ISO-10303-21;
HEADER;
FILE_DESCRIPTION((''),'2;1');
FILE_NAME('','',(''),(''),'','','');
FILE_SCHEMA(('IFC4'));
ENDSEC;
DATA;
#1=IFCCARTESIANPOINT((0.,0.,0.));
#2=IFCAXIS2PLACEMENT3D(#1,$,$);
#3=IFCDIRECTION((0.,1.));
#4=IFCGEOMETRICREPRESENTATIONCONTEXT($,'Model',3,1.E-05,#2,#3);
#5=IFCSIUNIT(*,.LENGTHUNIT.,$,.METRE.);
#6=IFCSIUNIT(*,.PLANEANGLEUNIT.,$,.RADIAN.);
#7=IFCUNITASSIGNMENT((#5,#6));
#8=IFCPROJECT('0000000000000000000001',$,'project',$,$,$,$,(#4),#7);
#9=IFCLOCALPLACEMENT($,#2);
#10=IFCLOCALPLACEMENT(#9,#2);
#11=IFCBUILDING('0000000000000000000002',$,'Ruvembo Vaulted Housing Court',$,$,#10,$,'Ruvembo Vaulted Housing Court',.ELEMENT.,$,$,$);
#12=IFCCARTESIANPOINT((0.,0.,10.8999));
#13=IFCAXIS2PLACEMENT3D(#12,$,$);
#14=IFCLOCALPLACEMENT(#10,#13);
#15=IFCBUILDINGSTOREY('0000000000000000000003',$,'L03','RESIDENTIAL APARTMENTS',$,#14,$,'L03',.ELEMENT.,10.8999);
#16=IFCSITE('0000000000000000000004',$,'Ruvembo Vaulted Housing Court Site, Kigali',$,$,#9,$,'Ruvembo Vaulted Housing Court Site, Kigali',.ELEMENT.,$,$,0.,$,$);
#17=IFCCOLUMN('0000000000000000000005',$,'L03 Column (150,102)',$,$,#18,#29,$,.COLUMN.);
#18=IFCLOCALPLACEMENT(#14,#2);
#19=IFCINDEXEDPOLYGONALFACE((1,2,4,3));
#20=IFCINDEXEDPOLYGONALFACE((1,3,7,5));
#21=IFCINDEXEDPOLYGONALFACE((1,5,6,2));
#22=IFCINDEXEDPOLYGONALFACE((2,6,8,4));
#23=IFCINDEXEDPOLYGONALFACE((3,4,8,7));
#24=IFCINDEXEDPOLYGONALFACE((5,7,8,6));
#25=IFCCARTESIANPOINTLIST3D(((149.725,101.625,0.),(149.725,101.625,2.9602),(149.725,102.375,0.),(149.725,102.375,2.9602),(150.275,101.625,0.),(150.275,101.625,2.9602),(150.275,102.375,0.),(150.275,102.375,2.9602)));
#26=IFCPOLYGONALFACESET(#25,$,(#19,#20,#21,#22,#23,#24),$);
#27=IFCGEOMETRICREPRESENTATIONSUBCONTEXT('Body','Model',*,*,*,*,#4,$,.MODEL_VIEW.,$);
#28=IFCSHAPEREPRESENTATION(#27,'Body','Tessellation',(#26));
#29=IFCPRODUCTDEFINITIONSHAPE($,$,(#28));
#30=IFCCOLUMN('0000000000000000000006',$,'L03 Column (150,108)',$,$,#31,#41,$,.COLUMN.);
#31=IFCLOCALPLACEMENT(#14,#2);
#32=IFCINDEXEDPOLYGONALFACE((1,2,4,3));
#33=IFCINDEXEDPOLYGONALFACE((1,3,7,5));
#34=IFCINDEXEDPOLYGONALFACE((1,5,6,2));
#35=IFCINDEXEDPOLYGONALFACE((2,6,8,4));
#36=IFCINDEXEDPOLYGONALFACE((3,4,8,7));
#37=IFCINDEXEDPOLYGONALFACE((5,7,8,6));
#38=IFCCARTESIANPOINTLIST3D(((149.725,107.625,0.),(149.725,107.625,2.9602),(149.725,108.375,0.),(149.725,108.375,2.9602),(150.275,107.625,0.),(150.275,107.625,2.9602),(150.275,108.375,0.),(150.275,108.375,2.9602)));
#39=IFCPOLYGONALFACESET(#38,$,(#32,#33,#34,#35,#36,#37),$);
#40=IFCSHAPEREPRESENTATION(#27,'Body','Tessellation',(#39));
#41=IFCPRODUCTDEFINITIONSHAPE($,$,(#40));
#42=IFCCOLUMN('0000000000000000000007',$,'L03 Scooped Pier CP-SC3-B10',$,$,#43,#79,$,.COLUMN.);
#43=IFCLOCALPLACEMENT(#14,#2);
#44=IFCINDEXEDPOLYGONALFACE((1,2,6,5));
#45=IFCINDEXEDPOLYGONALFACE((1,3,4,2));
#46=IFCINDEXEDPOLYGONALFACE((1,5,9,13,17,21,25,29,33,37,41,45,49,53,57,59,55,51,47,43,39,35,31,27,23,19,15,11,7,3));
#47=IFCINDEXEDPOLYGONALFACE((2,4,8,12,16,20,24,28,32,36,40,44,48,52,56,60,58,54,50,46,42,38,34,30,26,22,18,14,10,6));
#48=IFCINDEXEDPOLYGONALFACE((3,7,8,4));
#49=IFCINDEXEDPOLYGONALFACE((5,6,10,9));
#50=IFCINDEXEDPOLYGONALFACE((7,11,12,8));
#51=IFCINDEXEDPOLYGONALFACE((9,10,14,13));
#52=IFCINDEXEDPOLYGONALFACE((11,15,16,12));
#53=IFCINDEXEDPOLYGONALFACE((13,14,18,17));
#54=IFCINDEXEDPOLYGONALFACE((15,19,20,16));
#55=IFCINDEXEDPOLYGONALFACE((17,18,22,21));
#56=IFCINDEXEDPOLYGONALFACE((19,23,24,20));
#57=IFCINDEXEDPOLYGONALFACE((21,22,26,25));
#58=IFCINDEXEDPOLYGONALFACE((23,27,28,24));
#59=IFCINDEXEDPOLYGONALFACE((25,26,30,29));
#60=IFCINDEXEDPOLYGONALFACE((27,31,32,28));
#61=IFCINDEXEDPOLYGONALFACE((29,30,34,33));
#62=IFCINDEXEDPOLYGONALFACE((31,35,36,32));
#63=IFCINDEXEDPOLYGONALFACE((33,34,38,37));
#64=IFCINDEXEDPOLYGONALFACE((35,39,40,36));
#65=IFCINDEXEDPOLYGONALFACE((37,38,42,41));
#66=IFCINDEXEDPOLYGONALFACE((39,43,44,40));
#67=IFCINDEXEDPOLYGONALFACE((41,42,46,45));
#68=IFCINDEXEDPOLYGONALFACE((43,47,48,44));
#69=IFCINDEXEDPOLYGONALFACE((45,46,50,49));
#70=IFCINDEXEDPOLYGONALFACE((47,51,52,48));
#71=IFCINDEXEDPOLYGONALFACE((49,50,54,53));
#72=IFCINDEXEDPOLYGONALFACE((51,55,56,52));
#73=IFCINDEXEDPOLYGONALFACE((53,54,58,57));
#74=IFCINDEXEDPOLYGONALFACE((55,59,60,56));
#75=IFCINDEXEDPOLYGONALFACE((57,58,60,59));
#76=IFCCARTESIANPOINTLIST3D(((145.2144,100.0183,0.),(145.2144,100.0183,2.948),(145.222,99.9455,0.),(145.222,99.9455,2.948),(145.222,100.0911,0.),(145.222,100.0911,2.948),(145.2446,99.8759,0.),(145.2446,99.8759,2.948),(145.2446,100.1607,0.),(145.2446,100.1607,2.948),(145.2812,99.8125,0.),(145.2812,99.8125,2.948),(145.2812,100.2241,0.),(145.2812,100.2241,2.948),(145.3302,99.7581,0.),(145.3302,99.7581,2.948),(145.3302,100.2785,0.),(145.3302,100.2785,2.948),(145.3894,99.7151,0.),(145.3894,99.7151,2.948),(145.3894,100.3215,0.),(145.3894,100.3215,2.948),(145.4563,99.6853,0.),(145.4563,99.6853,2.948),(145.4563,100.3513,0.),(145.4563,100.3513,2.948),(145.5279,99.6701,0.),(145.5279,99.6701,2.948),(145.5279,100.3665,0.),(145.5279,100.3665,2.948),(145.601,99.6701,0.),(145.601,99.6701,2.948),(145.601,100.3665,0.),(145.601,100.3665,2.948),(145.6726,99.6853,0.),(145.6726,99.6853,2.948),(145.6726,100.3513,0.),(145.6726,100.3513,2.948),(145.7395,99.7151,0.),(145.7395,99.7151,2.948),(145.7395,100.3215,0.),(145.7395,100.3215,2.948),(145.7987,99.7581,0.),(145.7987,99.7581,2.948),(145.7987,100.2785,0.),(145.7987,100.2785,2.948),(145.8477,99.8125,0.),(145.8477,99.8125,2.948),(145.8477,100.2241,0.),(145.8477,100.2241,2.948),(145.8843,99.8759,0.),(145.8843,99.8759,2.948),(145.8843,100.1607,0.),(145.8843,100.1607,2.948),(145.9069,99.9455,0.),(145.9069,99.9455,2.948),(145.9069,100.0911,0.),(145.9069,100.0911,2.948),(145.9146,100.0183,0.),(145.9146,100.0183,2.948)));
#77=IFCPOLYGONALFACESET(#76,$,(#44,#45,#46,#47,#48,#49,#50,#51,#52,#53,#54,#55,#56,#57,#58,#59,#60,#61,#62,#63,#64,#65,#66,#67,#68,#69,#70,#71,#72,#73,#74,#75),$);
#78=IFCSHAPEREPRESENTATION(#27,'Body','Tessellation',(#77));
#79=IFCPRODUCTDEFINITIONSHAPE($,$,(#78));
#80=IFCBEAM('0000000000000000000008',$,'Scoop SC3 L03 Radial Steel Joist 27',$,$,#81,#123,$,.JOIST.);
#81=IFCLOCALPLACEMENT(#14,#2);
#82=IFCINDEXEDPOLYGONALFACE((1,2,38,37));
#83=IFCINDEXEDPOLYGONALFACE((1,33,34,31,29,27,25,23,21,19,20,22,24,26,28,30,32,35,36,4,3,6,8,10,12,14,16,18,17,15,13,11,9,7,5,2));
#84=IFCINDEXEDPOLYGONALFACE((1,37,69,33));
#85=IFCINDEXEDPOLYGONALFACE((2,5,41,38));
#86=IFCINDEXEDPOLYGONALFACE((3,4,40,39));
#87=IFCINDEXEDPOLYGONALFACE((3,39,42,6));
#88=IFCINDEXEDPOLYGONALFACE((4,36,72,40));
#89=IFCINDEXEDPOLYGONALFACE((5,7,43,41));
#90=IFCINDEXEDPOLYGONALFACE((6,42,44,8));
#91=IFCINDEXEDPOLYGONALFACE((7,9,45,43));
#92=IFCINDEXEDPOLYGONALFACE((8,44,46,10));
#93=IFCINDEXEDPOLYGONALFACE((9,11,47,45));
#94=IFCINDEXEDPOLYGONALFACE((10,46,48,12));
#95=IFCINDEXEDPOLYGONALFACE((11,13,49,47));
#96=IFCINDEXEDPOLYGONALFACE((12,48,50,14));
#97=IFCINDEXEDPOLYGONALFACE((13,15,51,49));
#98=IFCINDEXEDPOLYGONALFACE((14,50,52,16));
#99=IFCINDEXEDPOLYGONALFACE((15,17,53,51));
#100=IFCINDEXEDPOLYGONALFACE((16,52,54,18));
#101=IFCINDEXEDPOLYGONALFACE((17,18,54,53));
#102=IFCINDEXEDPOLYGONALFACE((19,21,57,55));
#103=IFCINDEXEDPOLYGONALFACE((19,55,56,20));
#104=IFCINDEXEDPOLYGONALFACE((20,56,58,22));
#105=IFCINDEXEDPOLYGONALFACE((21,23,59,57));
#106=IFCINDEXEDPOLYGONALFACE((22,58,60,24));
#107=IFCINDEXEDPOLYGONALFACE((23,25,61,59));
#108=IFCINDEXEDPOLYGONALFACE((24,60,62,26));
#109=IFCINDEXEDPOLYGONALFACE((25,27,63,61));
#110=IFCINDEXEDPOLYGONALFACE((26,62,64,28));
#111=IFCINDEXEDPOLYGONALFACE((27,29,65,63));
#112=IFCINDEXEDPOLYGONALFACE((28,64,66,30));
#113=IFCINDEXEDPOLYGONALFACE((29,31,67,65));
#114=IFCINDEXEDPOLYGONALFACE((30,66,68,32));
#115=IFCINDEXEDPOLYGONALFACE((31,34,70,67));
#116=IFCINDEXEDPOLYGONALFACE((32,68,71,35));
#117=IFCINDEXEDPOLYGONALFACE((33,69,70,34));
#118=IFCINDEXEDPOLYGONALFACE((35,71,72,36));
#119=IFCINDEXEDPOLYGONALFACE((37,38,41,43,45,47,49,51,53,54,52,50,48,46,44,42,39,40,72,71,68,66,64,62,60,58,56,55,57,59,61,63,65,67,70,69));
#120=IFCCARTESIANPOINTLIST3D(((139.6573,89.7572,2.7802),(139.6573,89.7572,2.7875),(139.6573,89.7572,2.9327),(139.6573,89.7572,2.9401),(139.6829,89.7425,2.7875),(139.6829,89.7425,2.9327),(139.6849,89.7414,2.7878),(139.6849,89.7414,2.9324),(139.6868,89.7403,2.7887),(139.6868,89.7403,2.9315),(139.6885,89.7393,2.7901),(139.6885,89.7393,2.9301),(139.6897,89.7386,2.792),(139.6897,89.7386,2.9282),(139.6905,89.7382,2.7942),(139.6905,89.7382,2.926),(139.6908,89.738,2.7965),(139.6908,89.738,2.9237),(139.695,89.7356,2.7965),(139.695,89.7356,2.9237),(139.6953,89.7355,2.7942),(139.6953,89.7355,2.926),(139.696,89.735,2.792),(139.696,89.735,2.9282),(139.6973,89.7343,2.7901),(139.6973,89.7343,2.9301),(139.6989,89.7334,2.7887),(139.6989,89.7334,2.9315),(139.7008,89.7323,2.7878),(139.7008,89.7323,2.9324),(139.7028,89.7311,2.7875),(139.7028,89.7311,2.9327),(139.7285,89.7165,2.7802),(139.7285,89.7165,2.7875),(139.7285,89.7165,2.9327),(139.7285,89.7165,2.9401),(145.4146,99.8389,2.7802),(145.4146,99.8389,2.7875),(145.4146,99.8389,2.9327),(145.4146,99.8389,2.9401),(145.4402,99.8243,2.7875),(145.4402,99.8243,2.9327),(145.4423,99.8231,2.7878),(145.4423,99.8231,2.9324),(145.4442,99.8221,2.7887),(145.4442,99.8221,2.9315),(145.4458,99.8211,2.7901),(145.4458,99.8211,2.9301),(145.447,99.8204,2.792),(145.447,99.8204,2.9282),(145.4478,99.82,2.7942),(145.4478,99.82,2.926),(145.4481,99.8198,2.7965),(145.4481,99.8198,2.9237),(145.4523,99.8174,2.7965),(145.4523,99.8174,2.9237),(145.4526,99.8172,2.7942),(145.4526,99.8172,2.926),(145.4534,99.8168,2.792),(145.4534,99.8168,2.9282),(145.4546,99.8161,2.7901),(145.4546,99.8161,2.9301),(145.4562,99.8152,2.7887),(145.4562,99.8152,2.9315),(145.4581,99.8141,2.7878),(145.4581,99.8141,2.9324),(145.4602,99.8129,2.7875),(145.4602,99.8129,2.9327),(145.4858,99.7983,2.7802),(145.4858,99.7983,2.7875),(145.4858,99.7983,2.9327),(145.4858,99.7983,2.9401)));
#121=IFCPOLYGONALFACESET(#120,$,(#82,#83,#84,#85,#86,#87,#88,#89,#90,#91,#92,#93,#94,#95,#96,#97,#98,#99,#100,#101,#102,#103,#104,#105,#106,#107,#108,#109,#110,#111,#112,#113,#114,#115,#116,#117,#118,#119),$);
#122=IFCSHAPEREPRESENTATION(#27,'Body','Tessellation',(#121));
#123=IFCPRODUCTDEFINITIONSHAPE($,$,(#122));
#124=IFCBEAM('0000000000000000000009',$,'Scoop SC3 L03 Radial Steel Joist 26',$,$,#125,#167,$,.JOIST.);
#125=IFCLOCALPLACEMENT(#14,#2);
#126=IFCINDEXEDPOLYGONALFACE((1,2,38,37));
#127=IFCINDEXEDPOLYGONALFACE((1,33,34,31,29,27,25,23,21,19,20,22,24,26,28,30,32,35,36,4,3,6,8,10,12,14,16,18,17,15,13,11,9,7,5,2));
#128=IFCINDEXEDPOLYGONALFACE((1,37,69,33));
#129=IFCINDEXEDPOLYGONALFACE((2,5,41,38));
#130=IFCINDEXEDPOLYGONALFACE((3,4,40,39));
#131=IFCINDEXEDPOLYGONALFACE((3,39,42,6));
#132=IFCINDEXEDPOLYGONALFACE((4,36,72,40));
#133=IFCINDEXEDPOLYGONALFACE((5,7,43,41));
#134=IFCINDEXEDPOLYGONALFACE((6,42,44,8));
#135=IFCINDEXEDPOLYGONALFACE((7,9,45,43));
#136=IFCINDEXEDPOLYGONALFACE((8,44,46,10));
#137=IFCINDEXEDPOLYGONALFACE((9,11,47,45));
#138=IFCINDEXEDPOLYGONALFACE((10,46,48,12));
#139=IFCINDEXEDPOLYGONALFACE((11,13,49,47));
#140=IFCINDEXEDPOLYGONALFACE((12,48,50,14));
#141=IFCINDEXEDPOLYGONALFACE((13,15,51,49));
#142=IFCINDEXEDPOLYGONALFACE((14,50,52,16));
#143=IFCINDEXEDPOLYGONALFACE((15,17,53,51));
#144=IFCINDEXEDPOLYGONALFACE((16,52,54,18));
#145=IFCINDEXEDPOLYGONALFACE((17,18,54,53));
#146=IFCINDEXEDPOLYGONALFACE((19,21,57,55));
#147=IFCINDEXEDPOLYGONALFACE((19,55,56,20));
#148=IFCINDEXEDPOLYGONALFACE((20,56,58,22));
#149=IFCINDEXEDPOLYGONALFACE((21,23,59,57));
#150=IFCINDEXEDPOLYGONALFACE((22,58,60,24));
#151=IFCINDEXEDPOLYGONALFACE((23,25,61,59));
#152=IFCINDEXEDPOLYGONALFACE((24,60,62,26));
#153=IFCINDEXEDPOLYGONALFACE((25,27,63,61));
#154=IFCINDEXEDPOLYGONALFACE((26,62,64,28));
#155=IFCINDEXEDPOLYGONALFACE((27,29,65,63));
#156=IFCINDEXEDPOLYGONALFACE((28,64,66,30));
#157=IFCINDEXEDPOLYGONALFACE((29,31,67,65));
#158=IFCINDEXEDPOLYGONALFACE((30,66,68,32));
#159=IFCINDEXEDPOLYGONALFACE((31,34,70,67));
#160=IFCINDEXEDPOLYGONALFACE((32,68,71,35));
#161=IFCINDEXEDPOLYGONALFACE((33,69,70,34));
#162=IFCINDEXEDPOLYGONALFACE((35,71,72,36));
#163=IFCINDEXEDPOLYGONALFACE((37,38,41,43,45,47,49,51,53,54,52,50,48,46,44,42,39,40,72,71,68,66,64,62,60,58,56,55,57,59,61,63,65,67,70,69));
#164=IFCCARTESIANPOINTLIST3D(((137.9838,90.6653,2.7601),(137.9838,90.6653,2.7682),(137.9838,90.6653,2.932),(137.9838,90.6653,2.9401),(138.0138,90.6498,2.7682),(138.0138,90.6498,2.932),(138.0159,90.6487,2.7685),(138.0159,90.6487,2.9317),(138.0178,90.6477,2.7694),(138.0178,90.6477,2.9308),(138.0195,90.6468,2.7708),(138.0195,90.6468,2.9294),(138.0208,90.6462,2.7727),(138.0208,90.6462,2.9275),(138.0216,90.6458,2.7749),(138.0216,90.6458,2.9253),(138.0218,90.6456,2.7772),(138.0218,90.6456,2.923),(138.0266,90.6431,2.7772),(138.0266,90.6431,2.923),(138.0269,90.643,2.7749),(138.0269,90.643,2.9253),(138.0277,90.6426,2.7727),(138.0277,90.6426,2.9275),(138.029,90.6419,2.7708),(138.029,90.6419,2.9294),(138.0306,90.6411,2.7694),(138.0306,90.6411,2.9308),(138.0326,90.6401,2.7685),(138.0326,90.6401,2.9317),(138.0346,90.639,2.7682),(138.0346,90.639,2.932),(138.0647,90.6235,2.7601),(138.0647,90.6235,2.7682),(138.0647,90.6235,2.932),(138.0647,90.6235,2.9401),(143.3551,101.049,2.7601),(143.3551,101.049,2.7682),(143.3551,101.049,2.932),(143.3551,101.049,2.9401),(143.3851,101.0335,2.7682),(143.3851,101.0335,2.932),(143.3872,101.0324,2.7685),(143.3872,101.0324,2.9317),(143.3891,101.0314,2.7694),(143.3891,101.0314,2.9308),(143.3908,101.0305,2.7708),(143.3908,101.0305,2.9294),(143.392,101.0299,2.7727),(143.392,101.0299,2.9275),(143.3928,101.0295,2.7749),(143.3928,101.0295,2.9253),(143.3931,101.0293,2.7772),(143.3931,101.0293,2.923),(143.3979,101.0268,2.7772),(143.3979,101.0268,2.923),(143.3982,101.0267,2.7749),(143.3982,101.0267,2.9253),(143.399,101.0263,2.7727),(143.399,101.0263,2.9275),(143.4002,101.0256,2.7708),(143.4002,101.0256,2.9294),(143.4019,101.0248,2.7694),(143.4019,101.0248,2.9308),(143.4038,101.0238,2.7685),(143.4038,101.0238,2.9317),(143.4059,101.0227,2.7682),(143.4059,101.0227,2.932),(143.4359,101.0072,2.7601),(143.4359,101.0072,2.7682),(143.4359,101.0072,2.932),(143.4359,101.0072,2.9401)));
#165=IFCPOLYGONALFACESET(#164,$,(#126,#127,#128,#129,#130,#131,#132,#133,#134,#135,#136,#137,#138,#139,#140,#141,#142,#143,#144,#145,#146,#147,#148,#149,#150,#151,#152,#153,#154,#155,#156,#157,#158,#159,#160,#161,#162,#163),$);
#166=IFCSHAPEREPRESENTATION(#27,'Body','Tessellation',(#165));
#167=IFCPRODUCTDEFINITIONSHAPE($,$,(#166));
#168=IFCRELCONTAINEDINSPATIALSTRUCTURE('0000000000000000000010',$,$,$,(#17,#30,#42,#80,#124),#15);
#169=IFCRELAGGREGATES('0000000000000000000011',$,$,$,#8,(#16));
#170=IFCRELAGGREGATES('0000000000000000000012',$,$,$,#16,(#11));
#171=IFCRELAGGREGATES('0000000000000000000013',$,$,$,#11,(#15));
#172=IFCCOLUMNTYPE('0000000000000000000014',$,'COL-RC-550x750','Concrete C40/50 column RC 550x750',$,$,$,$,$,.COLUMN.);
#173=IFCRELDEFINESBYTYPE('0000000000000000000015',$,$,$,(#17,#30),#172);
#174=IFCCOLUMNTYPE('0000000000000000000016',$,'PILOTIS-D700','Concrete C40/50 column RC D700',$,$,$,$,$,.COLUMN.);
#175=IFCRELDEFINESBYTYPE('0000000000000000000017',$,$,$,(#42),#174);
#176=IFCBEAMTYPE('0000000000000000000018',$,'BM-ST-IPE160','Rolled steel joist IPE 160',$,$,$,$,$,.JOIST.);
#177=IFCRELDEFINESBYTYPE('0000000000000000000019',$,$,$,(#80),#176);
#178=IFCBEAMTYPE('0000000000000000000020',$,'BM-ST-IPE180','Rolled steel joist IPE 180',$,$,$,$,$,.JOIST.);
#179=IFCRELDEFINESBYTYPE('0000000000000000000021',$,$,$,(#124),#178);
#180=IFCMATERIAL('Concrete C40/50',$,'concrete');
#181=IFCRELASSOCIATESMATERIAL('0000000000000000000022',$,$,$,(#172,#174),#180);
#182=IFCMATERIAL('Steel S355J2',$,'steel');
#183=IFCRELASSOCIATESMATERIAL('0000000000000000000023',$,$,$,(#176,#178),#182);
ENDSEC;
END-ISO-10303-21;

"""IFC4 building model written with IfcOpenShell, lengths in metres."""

from ifc_helpers import new_model, si_unit, direction, frame, origin, origin_2d, place, context, subcontext, project, spatial, rectangle, circle, i_section, extrude, material, material_profile, profile_set, type_object, element, save


model = new_model("IFC4")

# Units and contexts
model_context = context("Model", 3, precision=1e-05, world=origin(), true_north=direction((0.0, 1.0)))
body_context = subcontext(model_context, "Body", "Model", "MODEL_VIEW")
ifc_project = project(units=[si_unit("LENGTHUNIT", "METRE"), si_unit("PLANEANGLEUNIT", "RADIAN")], contexts=[model_context])

# Site, building, storey
site_placement = place(None, origin())
site = spatial("IfcSite", under=ifc_project, at=site_placement, Name="Ruvembo Vaulted Housing Court Site, Kigali", LongName="Ruvembo Vaulted Housing Court Site, Kigali", CompositionType="ELEMENT", RefElevation=0.0)
building_placement = place(site_placement, origin())
building = spatial("IfcBuilding", under=site, at=building_placement, Name="Ruvembo Vaulted Housing Court", LongName="Ruvembo Vaulted Housing Court", CompositionType="ELEMENT")
storey_placement = place(building_placement, frame((0.0, 0.0, 10.8999)))
storey = spatial("IfcBuildingStorey", under=building, at=storey_placement, Name="L03", Description="RESIDENTIAL APARTMENTS", LongName="L03", CompositionType="ELEMENT", Elevation=10.8999)

# Columns
ifc_material_1 = material(Name="Concrete C40/50", Category="concrete")
ifc_material_profile_1 = material_profile(ifc_material_1, rectangle(XDim=0.55, YDim=0.75, at=origin_2d()), Name="RC 550x750")
ifc_profile_set_1 = profile_set([ifc_material_profile_1], Name="Concrete C40/50")
column_type_1 = type_object("IfcColumnType", Name="COL-RC-550x750", Description="Concrete C40/50 column RC 550x750", PredefinedType="COLUMN", material=ifc_profile_set_1)
for number, where, z_axis, x_axis, name in (
    (1, (150.0, 102.0, 0.0), (0.0, 0.0, 1.0), (1.0, 0.0, 0.0), "L03 Column (150,102)"),
    (2, (150.0, 108.0, 0.0), (0.0, 0.0, 1.0), (1.0, 0.0, 0.0), "L03 Column (150,108)"),
):
    element("IfcColumn", number, at=place(storey_placement, frame(where, z_axis=z_axis, x_axis=x_axis)), inside=storey, type_object=column_type_1, Name=name, PredefinedType="COLUMN", context=body_context, shape_type="SweptSolid", body=[
        extrude(rectangle(XDim=0.55, YDim=0.75, at=origin_2d()), origin(), (0.0, 0.0, 1.0), 2.9602),
    ])
ifc_material_profile_2 = material_profile(ifc_material_1, circle(Radius=0.3501, at=origin_2d()), Name="RC D700")
ifc_profile_set_2 = profile_set([ifc_material_profile_2], Name="Concrete C40/50")
column_type_2 = type_object("IfcColumnType", Name="PILOTIS-D700", Description="Concrete C40/50 column RC D700", PredefinedType="COLUMN", material=ifc_profile_set_2)
column_placement = place(storey_placement, frame((145.5645, 100.0183, 0.0), z_axis=(0.0, 0.0, 1.0), x_axis=(1.0, 0.0, 0.0)))
element("IfcColumn", 3, at=column_placement, inside=storey, type_object=column_type_2, Name="L03 Scooped Pier CP-SC3-B10", PredefinedType="COLUMN", context=body_context, shape_type="SweptSolid", body=[
    extrude(circle(Radius=0.3501, at=origin_2d()), origin(), (0.0, 0.0, 1.0), 2.948),
])

# Beams
ifc_material_2 = material(Name="Steel S355J2", Category="steel")
ifc_material_profile_3 = material_profile(ifc_material_2, i_section(OverallWidth=0.082, OverallDepth=0.1599, WebThickness=0.0049, FlangeThickness=0.0073, FilletRadius=0.009, at=origin_2d()), Name="IPE 160")
ifc_profile_set_3 = profile_set([ifc_material_profile_3], Name="Steel S355J2")
beam_type_1 = type_object("IfcBeamType", Name="BM-ST-IPE160", Description="Rolled steel joist IPE 160", PredefinedType="JOIST", material=ifc_profile_set_3)
beam_1_placement = place(storey_placement, frame((145.4502, 99.8186, 2.8601), z_axis=(-0.495899, -0.86838, 0.0), x_axis=(0.86838, -0.495899, 0.0)))
element("IfcBeam", 4, at=beam_1_placement, inside=storey, type_object=beam_type_1, Name="Scoop SC3 L03 Radial Steel Joist 27", PredefinedType="JOIST", context=body_context, shape_type="SweptSolid", body=[
    extrude(i_section(OverallWidth=0.082, OverallDepth=0.1599, WebThickness=0.0049, FlangeThickness=0.0073, FilletRadius=0.009, at=origin_2d()), origin(), (0.0, 0.0, 1.0), 11.6099),
])
ifc_material_profile_4 = material_profile(ifc_material_2, i_section(OverallWidth=0.0911, OverallDepth=0.1799, WebThickness=0.0054, FlangeThickness=0.0081, FilletRadius=0.009, at=origin_2d()), Name="IPE 180")
ifc_profile_set_4 = profile_set([ifc_material_profile_4], Name="Steel S355J2")
beam_type_2 = type_object("IfcBeamType", Name="BM-ST-IPE180", Description="Rolled steel joist IPE 180", PredefinedType="JOIST", material=ifc_profile_set_4)
beam_2_placement = place(storey_placement, frame((143.3955, 101.0281, 2.8501), z_axis=(-0.459451, -0.888203, 0.0), x_axis=(0.888203, -0.459451, 0.0)))
element("IfcBeam", 5, at=beam_2_placement, inside=storey, type_object=beam_type_2, Name="Scoop SC3 L03 Radial Steel Joist 26", PredefinedType="JOIST", context=body_context, shape_type="SweptSolid", body=[
    extrude(i_section(OverallWidth=0.0911, OverallDepth=0.1799, WebThickness=0.0054, FlangeThickness=0.0081, FilletRadius=0.009, at=origin_2d()), origin(), (0.0, 0.0, 1.0), 11.6907),
])

save(model, "model.ifc")
